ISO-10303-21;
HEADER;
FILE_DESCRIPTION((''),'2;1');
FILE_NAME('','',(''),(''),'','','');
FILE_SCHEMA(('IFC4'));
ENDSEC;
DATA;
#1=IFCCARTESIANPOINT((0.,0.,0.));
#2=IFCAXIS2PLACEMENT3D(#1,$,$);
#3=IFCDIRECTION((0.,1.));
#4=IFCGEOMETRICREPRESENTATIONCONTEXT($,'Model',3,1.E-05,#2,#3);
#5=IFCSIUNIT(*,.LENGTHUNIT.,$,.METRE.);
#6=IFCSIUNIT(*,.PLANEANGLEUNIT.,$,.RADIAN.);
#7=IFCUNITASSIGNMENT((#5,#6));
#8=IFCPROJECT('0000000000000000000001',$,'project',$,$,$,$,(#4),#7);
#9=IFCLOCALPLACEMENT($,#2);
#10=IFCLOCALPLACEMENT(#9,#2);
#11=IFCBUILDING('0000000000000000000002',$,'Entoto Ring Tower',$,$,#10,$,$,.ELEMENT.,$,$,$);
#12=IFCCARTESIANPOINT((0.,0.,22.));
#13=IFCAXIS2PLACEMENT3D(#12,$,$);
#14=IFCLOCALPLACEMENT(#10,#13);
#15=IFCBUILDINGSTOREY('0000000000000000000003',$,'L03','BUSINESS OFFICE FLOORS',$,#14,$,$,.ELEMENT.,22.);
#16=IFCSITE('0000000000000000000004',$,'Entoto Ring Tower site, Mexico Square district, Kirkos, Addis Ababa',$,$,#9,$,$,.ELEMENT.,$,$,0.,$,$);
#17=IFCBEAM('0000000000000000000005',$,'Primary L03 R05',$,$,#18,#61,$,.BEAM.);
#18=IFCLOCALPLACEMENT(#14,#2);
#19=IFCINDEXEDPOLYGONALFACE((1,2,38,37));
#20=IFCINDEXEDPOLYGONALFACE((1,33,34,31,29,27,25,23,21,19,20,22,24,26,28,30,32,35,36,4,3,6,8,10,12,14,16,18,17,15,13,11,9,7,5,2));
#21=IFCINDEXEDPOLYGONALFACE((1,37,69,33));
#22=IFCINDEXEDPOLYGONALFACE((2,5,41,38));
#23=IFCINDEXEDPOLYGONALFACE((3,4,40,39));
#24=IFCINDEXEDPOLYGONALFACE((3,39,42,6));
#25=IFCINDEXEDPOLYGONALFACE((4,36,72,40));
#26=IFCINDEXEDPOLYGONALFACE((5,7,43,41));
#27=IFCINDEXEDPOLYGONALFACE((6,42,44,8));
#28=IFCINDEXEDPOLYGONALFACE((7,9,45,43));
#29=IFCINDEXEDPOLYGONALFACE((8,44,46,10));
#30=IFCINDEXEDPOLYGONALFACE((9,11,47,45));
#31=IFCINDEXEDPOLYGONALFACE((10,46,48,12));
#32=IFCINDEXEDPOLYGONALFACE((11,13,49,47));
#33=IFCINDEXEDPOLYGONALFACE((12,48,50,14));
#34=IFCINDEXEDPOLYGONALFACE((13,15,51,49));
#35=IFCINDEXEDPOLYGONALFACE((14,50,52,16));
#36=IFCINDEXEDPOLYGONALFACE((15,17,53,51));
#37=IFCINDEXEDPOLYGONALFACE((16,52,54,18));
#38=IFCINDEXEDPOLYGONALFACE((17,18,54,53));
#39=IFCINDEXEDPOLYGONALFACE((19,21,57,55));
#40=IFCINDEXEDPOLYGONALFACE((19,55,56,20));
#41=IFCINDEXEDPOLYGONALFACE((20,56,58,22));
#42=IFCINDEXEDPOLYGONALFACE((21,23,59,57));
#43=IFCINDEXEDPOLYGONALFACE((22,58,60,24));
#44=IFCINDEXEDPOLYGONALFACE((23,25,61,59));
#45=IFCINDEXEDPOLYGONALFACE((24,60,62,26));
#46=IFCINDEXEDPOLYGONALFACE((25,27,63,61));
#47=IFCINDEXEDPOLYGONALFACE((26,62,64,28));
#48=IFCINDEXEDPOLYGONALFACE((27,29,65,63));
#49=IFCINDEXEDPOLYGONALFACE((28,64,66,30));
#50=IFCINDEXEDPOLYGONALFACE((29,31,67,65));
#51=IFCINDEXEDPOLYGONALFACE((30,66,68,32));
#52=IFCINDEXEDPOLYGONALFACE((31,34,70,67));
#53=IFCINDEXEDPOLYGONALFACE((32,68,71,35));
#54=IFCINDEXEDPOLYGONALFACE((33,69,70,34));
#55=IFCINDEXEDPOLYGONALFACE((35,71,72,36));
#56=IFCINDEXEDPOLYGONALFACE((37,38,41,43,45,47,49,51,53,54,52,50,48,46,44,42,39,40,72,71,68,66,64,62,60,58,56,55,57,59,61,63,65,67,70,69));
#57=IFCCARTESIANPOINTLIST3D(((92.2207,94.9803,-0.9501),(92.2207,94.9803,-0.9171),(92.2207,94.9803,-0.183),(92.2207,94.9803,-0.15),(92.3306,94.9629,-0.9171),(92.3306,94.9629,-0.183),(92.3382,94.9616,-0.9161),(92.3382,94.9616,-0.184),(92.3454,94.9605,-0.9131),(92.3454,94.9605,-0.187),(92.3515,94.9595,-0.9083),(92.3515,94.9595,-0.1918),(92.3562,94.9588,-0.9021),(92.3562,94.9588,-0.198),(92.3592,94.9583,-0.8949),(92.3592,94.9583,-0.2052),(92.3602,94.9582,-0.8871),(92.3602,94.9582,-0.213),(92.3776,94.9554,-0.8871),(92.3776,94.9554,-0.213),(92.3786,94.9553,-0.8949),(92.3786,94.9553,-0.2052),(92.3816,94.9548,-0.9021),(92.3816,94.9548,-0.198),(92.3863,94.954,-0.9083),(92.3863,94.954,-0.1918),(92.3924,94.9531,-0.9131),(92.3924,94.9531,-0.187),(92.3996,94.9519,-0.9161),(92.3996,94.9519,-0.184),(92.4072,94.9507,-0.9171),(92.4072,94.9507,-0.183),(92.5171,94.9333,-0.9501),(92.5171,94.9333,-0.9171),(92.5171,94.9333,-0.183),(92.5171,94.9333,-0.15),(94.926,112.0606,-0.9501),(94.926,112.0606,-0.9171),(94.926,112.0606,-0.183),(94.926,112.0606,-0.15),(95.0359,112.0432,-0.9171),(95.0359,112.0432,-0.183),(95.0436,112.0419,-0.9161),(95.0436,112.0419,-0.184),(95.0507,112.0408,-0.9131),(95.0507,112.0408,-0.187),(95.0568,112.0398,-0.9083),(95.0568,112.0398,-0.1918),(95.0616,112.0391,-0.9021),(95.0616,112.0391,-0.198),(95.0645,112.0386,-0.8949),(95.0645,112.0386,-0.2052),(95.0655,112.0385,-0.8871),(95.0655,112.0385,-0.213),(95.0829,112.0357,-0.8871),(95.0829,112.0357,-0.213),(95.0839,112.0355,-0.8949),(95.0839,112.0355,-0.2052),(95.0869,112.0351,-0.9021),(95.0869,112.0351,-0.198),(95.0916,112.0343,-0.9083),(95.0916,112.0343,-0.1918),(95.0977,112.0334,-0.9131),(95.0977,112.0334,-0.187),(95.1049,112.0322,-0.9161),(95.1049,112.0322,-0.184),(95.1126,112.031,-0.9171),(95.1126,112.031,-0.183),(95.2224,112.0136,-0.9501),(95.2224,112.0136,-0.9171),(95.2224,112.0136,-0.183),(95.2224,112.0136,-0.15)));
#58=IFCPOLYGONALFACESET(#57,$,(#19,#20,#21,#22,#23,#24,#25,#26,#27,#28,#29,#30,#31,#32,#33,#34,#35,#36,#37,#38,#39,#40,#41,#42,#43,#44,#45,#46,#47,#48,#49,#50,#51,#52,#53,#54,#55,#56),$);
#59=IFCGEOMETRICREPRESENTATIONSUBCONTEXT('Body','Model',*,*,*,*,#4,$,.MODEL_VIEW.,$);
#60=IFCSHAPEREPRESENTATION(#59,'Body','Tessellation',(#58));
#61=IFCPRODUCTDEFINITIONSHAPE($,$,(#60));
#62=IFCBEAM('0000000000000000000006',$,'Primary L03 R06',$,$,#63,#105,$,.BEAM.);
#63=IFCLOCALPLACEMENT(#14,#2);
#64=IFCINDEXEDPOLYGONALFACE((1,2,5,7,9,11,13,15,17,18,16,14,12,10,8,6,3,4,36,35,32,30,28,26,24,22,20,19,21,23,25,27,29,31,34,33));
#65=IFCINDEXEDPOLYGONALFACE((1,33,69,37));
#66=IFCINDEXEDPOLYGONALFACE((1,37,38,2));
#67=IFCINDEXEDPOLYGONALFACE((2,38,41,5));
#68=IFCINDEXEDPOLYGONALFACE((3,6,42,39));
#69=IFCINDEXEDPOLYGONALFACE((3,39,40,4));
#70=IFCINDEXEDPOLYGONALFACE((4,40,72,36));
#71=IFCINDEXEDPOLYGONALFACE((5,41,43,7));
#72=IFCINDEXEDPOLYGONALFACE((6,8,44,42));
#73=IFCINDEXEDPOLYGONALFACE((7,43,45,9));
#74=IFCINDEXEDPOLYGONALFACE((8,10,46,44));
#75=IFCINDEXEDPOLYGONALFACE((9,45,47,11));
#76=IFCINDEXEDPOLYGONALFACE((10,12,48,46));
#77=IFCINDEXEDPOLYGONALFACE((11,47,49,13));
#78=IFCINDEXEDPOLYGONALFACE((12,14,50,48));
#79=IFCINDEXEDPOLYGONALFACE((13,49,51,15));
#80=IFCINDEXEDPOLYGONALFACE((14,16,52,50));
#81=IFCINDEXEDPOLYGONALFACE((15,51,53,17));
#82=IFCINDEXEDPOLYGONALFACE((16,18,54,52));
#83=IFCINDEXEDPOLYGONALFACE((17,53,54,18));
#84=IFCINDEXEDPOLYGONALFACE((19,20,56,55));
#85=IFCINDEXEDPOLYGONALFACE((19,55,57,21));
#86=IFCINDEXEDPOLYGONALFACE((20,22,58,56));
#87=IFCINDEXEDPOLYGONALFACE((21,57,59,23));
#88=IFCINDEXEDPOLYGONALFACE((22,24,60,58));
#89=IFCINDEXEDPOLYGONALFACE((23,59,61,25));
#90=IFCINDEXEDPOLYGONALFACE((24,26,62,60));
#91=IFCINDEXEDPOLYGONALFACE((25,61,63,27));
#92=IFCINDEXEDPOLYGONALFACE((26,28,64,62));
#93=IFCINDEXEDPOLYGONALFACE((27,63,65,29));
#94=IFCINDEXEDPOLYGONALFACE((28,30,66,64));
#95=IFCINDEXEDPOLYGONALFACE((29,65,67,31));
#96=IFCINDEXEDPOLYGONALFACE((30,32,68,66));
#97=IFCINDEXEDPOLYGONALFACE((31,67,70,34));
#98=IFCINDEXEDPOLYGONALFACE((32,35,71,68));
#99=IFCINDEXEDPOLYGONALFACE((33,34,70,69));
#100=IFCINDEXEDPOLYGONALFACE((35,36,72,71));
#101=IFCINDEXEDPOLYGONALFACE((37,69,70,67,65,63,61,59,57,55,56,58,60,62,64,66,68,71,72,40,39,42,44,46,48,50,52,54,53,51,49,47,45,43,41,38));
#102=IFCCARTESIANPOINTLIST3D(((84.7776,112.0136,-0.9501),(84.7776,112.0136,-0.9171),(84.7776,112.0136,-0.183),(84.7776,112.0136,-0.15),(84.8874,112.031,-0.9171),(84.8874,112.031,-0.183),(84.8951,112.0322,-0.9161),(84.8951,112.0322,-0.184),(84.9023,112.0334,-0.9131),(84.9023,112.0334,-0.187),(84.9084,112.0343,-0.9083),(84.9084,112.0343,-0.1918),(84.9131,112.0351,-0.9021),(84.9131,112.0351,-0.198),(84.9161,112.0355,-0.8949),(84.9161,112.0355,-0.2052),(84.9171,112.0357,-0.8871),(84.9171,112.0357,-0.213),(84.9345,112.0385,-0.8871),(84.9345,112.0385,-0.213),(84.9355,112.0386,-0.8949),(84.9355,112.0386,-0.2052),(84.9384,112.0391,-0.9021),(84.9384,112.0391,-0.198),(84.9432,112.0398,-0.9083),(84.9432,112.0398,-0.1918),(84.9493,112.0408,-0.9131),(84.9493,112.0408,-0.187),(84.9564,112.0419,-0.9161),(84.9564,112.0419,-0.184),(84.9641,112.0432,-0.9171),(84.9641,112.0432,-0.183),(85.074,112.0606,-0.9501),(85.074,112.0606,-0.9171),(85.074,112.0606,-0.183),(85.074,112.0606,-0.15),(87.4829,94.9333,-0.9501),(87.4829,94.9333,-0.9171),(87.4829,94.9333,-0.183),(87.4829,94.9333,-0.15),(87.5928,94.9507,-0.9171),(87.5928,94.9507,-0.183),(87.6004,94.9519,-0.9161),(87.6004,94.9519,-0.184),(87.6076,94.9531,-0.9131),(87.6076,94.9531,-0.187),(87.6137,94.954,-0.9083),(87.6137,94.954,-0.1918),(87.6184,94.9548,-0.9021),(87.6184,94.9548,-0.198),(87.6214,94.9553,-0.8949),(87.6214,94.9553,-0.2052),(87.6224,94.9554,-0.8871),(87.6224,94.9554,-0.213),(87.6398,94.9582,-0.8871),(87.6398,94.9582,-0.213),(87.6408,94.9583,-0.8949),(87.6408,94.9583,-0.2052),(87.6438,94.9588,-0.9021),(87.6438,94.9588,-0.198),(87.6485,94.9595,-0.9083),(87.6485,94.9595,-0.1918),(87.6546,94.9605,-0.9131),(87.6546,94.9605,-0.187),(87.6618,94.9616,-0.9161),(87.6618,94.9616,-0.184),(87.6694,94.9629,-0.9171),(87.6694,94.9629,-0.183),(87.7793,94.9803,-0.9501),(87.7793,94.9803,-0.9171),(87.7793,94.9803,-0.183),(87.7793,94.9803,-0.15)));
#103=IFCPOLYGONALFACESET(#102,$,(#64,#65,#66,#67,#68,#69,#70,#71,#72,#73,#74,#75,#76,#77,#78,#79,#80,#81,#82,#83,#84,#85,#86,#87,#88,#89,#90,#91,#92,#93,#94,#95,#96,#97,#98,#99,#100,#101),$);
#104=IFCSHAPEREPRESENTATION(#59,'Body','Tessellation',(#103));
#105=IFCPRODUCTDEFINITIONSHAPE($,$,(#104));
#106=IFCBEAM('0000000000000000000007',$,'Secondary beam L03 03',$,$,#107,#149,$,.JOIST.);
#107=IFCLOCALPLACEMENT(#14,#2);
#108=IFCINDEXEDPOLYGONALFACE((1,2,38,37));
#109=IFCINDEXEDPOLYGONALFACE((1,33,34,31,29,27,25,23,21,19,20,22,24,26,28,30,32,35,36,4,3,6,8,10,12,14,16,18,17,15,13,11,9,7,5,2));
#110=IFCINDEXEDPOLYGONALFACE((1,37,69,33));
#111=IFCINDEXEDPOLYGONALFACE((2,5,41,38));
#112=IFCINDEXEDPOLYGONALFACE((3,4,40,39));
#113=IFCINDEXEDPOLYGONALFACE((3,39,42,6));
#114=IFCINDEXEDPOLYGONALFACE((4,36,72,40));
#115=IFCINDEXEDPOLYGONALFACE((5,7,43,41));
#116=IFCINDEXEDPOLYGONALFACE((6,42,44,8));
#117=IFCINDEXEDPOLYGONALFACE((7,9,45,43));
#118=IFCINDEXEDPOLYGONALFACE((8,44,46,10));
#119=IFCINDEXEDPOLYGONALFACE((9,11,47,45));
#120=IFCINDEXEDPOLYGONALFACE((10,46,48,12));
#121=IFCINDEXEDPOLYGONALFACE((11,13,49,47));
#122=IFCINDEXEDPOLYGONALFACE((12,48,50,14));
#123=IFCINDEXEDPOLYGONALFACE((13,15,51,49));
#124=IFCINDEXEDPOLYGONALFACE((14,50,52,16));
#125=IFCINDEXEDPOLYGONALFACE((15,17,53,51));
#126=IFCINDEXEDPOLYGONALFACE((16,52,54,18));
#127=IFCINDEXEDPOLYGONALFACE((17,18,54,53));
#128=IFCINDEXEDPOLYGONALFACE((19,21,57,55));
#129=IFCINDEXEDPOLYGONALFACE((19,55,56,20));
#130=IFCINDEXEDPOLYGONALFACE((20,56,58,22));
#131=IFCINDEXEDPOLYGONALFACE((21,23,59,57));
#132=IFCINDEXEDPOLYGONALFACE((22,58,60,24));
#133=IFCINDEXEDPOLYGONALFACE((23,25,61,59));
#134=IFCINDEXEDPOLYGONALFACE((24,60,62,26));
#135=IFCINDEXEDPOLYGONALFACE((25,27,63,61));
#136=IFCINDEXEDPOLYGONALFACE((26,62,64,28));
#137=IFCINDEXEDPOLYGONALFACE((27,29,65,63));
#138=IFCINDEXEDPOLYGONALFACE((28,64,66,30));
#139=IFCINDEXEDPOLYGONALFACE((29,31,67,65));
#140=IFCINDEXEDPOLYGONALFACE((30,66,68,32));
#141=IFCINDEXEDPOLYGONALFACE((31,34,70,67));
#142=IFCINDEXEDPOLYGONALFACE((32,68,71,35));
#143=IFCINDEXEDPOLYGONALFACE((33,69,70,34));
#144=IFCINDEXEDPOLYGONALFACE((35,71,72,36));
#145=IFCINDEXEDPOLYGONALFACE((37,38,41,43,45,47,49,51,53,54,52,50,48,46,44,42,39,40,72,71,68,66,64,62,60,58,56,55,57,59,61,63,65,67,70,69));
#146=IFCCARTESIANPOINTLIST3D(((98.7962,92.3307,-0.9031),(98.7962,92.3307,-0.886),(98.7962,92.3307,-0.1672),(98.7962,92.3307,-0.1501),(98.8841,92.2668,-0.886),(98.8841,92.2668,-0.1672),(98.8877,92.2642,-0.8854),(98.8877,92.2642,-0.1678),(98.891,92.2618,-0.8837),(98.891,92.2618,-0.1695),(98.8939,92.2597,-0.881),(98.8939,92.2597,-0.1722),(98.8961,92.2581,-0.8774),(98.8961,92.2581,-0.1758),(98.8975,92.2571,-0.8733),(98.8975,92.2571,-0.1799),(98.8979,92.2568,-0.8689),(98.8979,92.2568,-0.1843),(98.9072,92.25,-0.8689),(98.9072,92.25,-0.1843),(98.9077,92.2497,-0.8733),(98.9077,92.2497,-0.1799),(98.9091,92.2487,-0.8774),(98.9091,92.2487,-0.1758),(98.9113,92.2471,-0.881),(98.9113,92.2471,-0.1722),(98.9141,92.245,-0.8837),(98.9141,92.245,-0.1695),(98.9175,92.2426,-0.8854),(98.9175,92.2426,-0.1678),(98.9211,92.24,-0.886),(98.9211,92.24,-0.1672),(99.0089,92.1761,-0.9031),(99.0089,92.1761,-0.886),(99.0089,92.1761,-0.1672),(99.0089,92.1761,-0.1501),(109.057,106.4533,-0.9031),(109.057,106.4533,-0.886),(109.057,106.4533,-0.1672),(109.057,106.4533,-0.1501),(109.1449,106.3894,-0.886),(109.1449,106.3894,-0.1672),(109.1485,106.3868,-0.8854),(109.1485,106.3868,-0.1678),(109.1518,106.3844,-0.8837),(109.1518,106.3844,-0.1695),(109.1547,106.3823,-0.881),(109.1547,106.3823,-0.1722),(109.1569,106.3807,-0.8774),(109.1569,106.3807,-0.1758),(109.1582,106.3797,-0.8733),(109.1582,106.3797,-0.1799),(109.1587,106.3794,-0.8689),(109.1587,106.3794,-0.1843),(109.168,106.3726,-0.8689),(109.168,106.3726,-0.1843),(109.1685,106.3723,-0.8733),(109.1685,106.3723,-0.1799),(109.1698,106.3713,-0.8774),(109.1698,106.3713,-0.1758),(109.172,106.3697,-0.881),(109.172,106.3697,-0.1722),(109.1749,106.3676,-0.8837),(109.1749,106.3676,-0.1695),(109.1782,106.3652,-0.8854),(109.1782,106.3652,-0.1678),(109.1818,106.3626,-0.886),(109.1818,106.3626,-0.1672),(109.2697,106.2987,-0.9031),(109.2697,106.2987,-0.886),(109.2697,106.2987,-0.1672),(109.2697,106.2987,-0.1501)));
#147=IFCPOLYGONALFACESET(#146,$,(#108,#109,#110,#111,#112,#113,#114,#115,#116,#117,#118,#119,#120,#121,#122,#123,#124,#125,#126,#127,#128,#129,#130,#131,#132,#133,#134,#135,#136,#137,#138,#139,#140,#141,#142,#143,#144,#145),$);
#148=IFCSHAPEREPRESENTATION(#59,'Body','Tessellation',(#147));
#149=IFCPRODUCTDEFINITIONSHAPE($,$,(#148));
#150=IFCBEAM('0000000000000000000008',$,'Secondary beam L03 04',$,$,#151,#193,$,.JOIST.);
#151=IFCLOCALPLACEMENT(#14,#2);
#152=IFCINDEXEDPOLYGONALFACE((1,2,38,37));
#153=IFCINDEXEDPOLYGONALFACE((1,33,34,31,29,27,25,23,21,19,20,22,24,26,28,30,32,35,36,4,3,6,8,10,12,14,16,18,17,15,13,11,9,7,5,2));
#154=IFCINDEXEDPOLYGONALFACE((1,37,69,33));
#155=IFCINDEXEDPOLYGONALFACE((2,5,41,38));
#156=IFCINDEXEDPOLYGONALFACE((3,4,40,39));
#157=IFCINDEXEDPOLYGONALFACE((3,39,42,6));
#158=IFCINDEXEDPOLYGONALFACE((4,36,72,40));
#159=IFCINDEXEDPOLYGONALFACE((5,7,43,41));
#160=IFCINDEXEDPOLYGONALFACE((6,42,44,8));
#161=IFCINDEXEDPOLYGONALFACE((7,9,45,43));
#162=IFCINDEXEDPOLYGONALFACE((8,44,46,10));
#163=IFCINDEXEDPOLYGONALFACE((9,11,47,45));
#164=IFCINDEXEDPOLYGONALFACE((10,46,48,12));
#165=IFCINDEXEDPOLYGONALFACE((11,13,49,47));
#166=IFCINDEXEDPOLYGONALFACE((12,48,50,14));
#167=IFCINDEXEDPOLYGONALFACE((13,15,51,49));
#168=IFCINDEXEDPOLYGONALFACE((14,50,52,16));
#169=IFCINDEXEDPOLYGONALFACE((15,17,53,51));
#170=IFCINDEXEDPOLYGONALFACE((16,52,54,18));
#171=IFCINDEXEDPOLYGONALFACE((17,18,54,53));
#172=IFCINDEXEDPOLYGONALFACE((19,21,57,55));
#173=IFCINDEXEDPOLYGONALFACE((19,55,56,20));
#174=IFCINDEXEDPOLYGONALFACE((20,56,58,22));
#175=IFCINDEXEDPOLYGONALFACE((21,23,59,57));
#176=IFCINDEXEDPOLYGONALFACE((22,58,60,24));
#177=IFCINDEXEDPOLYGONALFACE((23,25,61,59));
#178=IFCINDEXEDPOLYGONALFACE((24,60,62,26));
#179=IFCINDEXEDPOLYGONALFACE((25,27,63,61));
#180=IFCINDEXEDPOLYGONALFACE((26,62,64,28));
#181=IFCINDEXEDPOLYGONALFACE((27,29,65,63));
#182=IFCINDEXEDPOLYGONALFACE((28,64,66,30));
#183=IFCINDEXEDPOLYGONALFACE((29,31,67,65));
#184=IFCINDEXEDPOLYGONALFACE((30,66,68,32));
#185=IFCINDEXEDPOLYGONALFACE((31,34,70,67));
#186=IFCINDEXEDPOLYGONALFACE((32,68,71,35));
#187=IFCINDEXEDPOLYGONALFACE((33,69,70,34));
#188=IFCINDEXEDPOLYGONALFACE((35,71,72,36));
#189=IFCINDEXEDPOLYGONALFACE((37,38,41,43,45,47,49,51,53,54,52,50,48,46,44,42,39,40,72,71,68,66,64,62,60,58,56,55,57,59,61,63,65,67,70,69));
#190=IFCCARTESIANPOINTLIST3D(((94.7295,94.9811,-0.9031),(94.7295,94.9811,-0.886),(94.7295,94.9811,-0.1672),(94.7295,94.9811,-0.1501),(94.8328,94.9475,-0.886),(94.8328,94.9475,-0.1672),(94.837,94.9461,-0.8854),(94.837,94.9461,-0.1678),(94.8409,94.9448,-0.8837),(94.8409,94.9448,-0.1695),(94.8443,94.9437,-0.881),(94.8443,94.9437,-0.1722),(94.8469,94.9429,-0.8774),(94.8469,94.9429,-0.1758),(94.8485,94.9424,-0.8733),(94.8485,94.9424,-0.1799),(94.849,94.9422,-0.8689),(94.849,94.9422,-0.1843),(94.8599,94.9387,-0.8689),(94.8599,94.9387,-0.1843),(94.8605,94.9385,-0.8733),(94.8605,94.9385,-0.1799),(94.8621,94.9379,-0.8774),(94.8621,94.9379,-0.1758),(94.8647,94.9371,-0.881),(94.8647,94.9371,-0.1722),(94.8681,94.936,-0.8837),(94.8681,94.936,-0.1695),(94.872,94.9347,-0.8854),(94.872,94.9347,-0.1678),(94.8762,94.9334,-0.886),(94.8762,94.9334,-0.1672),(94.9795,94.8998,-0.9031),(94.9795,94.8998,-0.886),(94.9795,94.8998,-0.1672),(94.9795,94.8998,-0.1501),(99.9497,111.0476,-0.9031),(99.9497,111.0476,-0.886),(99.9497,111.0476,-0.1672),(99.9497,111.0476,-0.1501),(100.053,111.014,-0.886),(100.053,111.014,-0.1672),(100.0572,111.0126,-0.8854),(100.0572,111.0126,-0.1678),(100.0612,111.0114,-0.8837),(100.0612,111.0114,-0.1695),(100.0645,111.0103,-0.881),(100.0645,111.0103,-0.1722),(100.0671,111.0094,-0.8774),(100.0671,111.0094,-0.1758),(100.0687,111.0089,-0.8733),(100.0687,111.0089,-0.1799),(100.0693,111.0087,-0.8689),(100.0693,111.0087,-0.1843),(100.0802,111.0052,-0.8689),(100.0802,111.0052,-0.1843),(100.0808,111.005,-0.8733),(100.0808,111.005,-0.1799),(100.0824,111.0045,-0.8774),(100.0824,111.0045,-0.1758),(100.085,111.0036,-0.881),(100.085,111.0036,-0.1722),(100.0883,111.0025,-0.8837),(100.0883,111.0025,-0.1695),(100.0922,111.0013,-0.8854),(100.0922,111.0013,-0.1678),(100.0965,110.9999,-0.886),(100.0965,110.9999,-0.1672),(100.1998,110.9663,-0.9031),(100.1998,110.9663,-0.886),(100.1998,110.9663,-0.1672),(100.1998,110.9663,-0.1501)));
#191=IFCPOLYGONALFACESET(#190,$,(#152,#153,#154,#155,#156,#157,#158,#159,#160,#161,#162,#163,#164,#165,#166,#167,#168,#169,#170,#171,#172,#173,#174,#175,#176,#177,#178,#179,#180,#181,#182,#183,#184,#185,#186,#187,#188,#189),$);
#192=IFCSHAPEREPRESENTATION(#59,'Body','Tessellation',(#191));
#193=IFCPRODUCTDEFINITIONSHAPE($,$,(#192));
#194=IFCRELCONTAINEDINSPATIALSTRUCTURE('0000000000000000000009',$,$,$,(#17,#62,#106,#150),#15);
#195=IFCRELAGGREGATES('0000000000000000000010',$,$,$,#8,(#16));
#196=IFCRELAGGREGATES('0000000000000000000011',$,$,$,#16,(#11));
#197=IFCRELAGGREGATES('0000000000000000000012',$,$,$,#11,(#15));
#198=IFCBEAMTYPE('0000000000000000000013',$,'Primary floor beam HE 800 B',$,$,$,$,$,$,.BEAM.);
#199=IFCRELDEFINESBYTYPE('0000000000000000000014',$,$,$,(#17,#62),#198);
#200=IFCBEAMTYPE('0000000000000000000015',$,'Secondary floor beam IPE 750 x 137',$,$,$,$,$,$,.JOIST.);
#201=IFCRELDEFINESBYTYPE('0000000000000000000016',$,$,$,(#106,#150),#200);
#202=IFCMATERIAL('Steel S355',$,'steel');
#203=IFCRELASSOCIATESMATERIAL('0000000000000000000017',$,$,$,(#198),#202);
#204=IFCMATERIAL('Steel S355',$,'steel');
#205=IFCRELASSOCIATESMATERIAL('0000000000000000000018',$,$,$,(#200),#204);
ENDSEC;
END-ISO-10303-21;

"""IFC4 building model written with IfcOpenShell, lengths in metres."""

from ifc_helpers import new_model, si_unit, direction, frame, origin, origin_2d, place, context, subcontext, project, spatial, i_section, extrude, material, material_profile, profile_set, type_object, element, save


model = new_model("IFC4")

# Units and contexts
model_context = context("Model", 3, precision=1e-05, world=origin(), true_north=direction((0.0, 1.0)))
body_context = subcontext(model_context, "Body", "Model", "MODEL_VIEW")
ifc_project = project(units=[si_unit("LENGTHUNIT", "METRE"), si_unit("PLANEANGLEUNIT", "RADIAN")], contexts=[model_context])

# Site, building, storey
site_placement = place(None, origin())
site = spatial("IfcSite", under=ifc_project, at=site_placement, Name="Entoto Ring Tower site, Mexico Square district, Kirkos, Addis Ababa", CompositionType="ELEMENT", RefElevation=0.0)
building_placement = place(site_placement, origin())
building = spatial("IfcBuilding", under=site, at=building_placement, Name="Entoto Ring Tower", CompositionType="ELEMENT")
storey_placement = place(building_placement, frame((0.0, 0.0, 22.0)))
storey = spatial("IfcBuildingStorey", under=building, at=storey_placement, Name="L03", Description="BUSINESS OFFICE FLOORS", CompositionType="ELEMENT", Elevation=22.0)

# Beams
ifc_material_1 = material(Name="Steel S355", Category="steel")
ifc_material_profile_1 = material_profile(ifc_material_1, i_section(OverallWidth=0.3, OverallDepth=0.8, WebThickness=0.0176, FlangeThickness=0.033, FilletRadius=0.03, at=origin_2d()), Name="HE 800 B")
ifc_profile_set_1 = profile_set([ifc_material_profile_1], Name="Steel S355")
beam_type_1 = type_object("IfcBeamType", Name="Primary floor beam HE 800 B", PredefinedType="BEAM", material=ifc_profile_set_1)
for number, where, z_axis, x_axis, name in (
    (1, (92.3689, 94.9568, -0.55), (0.156438, 0.987688, 0.0), (-0.987688, 0.156438, 0.0), "Primary L03 R05"),
    (2, (87.6311, 94.9568, -0.55), (-0.156438, 0.987688, 0.0), (-0.987688, -0.156438, 0.0), "Primary L03 R06"),
):
    element("IfcBeam", number, at=place(storey_placement, frame(where, z_axis=z_axis, x_axis=x_axis)), inside=storey, type_object=beam_type_1, Name=name, PredefinedType="BEAM", context=body_context, shape_type="SweptSolid", body=[
        extrude(i_section(OverallWidth=0.3, OverallDepth=0.8, WebThickness=0.0176, FlangeThickness=0.033, FilletRadius=0.03, at=origin_2d()), origin(), (0.0, 0.0, 1.0), 17.2932),
    ])
ifc_material_2 = material(Name="Steel S355", Category="steel")
ifc_material_profile_2 = material_profile(ifc_material_2, i_section(OverallWidth=0.2629, OverallDepth=0.7529, WebThickness=0.0115, FlangeThickness=0.0171, FilletRadius=0.0171, at=origin_2d()), Name="IPE 750 x 137")
ifc_profile_set_2 = profile_set([ifc_material_profile_2], Name="Steel S355")
beam_type_2 = type_object("IfcBeamType", Name="Secondary floor beam IPE 750 x 137", PredefinedType="JOIST", material=ifc_profile_set_2)
beam_1_placement = place(storey_placement, frame((98.9026, 92.2534, -0.5266), z_axis=(0.587789, 0.809014, 0.0), x_axis=(-0.809014, 0.587789, 0.0)))
element("IfcBeam", 3, at=beam_1_placement, inside=storey, type_object=beam_type_2, Name="Secondary beam L03 03", PredefinedType="JOIST", context=body_context, shape_type="SweptSolid", body=[
    extrude(i_section(OverallWidth=0.2629, OverallDepth=0.7529, WebThickness=0.0115, FlangeThickness=0.0171, FilletRadius=0.0171, at=origin_2d()), origin(), (0.0, 0.0, 1.0), 17.4565),
])
beam_2_placement = place(storey_placement, frame((94.8545, 94.9404, -0.5266), z_axis=(0.309013, 0.951058, 0.0), x_axis=(-0.951058, 0.309013, 0.0)))
element("IfcBeam", 4, at=beam_2_placement, inside=storey, type_object=beam_type_2, Name="Secondary beam L03 04", PredefinedType="JOIST", context=body_context, shape_type="SweptSolid", body=[
    extrude(i_section(OverallWidth=0.2629, OverallDepth=0.7529, WebThickness=0.0115, FlangeThickness=0.0171, FilletRadius=0.0171, at=origin_2d()), origin(), (0.0, 0.0, 1.0), 16.8933),
])

save(model, "model.ifc")
